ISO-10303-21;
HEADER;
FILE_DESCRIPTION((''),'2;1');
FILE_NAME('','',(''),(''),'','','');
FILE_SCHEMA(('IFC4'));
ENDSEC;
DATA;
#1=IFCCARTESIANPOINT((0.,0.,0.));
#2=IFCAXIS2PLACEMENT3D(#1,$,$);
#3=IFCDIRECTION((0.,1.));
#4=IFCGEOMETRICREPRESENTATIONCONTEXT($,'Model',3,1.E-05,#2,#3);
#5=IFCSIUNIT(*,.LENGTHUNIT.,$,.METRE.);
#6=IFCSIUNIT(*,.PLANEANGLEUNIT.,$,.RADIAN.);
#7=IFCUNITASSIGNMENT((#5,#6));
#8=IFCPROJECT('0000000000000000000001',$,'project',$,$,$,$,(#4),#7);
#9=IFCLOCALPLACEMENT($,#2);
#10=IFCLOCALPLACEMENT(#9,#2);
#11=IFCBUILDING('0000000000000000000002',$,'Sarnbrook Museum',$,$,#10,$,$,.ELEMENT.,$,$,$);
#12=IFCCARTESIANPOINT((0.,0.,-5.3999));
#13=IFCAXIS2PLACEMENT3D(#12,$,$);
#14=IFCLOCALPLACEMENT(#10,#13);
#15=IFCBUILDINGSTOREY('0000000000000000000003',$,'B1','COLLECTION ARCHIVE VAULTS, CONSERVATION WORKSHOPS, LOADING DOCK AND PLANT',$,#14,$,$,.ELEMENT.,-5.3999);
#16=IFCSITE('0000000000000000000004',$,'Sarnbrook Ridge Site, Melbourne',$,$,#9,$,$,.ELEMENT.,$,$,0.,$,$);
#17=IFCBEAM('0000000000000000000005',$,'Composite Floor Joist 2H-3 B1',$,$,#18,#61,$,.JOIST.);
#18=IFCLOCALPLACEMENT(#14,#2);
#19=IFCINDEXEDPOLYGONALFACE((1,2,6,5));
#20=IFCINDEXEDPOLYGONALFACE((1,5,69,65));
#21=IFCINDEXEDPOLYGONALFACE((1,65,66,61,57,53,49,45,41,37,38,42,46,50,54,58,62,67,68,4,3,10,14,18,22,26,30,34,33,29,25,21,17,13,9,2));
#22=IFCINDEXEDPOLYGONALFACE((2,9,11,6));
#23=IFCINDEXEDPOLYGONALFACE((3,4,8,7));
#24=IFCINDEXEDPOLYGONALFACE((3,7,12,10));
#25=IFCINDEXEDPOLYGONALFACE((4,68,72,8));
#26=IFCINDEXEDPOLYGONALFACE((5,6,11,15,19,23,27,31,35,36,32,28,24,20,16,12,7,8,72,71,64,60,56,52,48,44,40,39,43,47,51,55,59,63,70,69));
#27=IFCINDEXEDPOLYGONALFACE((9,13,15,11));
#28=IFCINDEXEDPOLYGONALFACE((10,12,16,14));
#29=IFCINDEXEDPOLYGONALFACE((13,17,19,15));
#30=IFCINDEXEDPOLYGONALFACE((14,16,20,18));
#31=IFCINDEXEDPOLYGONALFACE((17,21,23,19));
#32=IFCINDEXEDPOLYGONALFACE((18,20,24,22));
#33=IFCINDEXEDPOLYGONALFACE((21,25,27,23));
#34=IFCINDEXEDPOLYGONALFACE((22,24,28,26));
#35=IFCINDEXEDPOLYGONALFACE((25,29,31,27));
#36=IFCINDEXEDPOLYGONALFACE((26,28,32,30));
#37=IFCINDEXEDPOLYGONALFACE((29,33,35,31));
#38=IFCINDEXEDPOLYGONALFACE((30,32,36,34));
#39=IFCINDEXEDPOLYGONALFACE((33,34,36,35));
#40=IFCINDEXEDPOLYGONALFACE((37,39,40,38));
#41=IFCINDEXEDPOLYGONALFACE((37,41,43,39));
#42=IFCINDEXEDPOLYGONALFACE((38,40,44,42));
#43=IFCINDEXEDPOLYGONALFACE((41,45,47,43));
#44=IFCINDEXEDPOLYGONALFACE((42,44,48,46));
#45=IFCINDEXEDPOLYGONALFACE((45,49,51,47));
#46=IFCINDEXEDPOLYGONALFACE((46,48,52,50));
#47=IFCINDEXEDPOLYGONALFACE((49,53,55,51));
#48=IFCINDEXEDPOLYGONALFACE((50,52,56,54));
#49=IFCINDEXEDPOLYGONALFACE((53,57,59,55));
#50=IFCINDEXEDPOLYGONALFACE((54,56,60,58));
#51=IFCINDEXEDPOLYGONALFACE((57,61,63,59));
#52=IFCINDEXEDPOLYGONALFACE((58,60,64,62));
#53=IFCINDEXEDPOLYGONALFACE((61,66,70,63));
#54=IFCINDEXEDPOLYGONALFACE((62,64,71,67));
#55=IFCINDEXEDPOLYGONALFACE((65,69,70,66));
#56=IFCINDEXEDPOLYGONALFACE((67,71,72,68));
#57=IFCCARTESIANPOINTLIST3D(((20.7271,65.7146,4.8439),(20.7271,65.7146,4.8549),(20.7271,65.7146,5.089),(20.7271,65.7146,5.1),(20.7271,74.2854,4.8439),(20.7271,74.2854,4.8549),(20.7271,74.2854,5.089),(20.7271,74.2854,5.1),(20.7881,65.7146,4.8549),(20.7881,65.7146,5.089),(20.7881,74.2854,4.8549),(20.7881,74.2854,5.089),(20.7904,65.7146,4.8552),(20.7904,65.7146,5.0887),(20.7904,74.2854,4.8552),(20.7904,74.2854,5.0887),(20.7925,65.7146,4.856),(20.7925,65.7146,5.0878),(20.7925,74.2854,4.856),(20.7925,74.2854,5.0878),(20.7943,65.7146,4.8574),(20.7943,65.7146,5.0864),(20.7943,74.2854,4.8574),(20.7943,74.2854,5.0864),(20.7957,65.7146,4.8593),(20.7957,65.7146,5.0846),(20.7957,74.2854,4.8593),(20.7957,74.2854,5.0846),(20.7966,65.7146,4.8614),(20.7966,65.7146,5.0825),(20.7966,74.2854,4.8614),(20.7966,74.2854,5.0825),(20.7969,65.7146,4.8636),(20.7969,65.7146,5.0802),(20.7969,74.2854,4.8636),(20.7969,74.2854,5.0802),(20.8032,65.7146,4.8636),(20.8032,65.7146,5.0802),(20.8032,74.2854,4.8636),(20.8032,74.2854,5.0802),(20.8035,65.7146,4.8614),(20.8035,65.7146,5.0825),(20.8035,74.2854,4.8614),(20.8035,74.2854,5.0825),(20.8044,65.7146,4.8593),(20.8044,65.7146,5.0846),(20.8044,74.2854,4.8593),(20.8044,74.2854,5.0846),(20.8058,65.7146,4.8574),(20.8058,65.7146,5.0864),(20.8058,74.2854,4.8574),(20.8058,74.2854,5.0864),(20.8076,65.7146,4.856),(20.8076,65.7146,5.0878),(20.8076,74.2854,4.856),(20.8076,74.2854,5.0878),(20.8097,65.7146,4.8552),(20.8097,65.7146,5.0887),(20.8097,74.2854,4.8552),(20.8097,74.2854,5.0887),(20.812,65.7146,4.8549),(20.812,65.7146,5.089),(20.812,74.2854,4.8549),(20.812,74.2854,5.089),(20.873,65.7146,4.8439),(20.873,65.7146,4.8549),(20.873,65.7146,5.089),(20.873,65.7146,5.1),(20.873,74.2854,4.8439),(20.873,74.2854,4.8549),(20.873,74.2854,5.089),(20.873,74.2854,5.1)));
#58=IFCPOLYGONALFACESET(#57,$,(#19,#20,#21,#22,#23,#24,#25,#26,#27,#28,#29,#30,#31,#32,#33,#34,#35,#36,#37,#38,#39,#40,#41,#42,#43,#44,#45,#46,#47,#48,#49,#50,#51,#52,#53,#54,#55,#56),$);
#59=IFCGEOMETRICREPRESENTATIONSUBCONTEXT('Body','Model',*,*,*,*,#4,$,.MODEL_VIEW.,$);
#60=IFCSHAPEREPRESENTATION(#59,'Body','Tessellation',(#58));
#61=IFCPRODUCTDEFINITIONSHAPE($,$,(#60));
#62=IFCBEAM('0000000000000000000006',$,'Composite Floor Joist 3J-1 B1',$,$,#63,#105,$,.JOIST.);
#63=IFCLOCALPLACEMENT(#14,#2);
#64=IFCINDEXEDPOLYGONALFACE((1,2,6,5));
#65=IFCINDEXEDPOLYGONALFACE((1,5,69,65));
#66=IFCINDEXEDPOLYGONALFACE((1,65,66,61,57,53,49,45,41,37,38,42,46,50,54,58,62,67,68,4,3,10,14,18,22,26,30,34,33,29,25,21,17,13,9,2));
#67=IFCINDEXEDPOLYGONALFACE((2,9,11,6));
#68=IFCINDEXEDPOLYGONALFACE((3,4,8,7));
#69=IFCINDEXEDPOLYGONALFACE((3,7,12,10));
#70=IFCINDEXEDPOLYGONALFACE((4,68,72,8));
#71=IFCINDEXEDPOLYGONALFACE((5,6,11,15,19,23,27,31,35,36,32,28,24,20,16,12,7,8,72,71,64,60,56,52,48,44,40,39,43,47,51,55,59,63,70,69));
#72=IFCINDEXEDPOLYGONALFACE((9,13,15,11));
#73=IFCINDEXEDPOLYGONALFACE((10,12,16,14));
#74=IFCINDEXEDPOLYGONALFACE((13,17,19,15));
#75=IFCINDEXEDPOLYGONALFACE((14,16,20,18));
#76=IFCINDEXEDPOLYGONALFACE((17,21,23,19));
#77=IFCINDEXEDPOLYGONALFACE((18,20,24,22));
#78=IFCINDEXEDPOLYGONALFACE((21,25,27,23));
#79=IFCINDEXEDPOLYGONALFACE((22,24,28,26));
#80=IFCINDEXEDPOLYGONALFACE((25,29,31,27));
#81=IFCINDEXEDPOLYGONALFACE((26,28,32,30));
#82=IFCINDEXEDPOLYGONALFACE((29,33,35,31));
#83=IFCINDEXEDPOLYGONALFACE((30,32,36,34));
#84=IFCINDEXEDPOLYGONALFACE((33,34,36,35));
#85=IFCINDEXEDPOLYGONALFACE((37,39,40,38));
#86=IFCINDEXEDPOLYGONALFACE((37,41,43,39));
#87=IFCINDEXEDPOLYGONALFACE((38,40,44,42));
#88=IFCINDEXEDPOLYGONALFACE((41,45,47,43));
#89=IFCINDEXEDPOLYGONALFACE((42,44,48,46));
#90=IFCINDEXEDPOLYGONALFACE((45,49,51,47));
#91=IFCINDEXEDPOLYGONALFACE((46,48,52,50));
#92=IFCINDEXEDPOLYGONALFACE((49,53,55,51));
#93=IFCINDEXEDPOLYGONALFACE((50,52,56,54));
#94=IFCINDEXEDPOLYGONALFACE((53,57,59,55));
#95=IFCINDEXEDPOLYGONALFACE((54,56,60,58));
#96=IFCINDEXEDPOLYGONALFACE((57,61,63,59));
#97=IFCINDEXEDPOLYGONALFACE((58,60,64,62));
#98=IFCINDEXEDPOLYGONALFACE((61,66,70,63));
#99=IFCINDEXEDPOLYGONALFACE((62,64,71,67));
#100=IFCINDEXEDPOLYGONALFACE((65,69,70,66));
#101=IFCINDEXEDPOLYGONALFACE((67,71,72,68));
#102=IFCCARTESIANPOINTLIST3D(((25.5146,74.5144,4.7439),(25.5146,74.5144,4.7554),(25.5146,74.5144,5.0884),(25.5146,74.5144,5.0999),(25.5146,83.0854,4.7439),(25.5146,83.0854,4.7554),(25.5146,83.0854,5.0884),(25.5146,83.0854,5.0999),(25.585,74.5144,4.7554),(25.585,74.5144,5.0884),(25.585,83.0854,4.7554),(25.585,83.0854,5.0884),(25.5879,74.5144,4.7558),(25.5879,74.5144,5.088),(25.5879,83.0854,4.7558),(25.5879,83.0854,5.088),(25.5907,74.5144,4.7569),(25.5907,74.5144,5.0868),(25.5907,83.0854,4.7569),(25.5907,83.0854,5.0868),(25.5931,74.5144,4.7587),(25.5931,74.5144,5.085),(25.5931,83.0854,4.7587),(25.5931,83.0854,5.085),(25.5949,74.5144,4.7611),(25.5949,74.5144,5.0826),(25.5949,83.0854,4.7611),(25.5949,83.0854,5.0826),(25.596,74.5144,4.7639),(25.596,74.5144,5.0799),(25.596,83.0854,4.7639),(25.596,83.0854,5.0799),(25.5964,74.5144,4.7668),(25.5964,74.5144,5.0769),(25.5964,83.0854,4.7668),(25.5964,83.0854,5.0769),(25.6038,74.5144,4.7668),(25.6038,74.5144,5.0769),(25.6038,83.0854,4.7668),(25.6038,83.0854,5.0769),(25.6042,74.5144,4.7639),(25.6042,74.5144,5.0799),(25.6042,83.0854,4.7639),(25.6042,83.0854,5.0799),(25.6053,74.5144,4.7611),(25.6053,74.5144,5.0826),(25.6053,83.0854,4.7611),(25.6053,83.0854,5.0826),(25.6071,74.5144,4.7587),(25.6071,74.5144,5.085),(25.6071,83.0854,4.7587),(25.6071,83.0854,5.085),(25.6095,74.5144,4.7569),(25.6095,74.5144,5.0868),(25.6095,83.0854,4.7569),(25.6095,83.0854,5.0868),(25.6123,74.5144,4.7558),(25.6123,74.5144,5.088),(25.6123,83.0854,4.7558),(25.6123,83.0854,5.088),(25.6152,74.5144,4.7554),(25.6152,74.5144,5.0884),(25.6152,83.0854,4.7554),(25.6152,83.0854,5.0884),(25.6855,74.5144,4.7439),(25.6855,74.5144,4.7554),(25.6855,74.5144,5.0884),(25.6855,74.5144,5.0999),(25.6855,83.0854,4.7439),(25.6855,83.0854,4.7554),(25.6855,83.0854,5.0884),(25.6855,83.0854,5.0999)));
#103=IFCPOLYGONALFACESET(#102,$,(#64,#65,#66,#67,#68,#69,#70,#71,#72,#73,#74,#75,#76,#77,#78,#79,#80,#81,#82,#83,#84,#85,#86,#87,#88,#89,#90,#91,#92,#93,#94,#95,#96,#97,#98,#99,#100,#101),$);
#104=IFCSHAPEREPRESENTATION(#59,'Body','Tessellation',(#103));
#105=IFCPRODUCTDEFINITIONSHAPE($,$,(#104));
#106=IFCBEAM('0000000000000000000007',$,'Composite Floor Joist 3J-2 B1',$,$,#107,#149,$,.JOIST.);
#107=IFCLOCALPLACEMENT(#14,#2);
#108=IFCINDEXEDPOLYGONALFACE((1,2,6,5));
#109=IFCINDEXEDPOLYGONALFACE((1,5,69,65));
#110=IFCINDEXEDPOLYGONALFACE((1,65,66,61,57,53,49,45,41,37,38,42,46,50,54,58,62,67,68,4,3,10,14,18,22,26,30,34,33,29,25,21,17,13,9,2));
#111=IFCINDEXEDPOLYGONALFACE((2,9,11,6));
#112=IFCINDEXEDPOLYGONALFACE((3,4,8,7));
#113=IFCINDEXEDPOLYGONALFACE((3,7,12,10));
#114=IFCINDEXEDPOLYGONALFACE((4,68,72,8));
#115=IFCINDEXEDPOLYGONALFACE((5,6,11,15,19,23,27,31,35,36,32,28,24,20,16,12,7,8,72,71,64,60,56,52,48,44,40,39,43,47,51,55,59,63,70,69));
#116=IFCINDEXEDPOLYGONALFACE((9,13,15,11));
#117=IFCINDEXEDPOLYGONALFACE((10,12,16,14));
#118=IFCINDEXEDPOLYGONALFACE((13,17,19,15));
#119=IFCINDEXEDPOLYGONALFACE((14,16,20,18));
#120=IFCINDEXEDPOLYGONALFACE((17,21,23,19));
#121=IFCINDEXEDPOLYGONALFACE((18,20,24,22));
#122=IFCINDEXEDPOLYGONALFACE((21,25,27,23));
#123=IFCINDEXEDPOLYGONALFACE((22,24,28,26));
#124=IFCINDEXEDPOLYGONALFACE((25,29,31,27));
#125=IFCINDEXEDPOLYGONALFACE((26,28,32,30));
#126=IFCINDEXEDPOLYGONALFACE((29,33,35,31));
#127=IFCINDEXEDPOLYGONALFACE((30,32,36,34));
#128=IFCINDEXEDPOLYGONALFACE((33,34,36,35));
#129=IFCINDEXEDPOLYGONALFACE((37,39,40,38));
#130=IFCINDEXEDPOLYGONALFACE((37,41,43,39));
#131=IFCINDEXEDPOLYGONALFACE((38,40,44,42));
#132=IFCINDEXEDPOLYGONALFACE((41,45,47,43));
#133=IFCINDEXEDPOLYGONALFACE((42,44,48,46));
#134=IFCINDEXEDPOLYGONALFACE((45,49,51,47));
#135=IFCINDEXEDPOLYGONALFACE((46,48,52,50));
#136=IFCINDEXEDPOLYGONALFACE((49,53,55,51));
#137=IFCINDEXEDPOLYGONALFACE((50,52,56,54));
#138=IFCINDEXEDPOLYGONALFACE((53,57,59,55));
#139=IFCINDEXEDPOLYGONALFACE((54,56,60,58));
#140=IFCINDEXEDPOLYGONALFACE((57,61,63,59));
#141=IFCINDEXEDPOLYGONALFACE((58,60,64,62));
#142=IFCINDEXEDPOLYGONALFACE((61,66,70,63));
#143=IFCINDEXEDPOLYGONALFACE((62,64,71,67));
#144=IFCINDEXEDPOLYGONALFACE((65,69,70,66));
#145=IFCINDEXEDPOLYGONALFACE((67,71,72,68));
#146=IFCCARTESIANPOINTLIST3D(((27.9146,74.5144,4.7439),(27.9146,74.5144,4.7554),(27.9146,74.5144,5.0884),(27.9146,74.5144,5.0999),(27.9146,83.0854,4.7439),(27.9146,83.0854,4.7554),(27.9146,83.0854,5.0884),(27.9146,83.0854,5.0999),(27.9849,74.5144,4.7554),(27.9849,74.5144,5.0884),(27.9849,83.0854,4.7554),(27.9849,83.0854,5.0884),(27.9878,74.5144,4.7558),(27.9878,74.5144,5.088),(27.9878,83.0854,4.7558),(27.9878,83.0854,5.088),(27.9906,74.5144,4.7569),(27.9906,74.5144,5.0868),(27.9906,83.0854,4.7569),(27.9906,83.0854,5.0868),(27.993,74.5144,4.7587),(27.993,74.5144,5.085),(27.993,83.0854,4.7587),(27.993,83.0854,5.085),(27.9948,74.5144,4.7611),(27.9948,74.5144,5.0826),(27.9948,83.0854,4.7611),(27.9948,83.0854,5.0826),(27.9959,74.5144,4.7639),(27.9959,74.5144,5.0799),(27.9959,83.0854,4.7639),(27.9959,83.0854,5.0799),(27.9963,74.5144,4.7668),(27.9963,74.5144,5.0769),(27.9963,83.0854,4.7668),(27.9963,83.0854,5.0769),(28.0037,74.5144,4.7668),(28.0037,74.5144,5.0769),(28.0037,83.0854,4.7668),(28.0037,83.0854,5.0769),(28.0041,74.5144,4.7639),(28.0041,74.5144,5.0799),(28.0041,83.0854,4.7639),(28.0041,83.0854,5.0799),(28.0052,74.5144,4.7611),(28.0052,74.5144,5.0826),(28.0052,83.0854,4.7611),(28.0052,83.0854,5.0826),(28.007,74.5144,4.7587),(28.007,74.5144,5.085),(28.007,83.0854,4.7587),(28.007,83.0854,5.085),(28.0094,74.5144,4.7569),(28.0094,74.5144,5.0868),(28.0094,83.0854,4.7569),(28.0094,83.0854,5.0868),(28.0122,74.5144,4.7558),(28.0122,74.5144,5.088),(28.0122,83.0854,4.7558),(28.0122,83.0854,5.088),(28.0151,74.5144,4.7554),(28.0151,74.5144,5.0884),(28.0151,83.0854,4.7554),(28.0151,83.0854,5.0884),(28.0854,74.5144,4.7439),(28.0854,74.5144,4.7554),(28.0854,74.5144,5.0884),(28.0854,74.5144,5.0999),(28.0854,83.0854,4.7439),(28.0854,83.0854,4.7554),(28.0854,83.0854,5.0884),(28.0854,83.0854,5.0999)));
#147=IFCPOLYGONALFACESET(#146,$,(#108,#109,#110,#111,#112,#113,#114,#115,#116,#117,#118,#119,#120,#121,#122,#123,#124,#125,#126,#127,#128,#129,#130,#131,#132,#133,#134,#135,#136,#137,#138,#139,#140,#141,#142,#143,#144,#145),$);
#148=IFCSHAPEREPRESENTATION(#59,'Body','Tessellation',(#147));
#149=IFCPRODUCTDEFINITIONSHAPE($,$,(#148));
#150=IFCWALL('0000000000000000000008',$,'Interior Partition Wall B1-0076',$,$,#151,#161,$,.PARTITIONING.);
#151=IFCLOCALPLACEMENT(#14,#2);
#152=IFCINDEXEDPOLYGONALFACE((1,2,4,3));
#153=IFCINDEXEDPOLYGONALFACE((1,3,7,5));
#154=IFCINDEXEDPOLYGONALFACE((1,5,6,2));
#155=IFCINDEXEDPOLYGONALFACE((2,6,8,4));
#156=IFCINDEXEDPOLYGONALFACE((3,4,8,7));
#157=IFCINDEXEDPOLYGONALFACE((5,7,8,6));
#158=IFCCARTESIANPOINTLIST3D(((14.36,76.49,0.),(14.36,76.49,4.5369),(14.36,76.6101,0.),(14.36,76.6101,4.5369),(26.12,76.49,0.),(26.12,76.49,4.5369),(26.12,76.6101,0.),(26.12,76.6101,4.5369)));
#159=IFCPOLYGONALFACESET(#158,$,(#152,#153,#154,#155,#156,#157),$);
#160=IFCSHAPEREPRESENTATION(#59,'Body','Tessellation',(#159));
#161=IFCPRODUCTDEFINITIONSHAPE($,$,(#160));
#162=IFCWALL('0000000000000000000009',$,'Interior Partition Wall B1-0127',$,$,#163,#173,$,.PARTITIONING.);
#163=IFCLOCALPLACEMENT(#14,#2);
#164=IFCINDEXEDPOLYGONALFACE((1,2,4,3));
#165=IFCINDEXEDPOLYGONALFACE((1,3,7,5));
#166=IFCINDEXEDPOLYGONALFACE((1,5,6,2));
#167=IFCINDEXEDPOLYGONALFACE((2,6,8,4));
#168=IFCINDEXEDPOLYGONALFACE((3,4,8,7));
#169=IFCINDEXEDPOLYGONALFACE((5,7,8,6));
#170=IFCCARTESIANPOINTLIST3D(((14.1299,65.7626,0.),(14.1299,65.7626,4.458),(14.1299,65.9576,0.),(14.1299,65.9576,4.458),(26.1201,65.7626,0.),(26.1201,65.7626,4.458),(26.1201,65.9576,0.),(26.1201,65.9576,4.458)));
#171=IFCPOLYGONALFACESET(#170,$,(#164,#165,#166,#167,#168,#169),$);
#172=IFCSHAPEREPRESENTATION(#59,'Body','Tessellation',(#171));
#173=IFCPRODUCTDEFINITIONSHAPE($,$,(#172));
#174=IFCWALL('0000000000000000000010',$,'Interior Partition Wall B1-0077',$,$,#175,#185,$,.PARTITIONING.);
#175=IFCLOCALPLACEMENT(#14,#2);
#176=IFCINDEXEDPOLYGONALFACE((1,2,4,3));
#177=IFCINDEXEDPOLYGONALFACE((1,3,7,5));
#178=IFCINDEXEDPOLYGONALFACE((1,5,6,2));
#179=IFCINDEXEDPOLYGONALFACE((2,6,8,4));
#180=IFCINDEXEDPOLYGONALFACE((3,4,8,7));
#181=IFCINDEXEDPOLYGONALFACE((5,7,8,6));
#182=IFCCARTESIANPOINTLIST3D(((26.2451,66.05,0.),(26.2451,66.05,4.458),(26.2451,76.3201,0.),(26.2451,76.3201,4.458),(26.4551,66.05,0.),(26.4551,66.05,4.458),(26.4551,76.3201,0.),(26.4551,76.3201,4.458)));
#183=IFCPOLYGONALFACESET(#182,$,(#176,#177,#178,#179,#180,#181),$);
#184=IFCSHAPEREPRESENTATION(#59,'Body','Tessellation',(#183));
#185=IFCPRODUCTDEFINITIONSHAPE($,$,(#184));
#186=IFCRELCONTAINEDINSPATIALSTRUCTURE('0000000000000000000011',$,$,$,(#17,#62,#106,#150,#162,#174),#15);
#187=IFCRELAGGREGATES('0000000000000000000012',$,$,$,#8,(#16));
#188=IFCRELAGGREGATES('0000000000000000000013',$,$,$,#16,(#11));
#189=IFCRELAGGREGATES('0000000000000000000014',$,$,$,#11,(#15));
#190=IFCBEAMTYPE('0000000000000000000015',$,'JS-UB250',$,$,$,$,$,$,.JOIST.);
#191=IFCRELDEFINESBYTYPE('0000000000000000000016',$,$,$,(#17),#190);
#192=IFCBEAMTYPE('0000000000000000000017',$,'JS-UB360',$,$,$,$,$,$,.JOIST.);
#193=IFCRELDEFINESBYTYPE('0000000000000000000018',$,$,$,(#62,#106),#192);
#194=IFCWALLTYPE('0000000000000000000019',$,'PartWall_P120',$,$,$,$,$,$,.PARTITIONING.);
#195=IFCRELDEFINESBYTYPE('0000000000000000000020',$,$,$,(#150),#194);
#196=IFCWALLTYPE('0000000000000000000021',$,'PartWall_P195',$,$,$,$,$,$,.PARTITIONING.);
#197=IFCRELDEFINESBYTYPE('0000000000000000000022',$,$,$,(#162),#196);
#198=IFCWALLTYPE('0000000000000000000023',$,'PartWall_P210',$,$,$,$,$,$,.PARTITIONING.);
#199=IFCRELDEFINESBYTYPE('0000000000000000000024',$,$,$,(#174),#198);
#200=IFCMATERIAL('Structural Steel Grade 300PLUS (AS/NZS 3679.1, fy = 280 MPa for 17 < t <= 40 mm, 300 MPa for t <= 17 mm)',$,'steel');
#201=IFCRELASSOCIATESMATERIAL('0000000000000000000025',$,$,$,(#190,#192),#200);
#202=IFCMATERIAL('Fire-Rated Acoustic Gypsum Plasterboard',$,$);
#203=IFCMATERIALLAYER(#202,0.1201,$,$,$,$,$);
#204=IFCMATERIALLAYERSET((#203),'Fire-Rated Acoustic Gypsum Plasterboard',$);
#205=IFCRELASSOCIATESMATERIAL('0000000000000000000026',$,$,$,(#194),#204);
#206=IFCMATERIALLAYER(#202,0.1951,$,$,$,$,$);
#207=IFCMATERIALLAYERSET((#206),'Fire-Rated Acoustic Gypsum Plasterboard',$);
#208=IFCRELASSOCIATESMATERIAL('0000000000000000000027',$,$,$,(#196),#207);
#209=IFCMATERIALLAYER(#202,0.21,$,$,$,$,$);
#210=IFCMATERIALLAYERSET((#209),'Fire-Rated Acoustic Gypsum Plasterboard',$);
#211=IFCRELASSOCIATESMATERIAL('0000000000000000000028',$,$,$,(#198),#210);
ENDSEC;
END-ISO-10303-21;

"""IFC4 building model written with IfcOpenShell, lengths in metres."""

from ifc_helpers import new_model, si_unit, direction, frame, frame_2d, origin, origin_2d, place, context, subcontext, project, spatial, rectangle, i_section, extrude, material, layer, layer_set, material_profile, profile_set, type_object, element, save


model = new_model("IFC4")

# Units and contexts
model_context = context("Model", 3, precision=1e-05, world=origin(), true_north=direction((0.0, 1.0)))
body_context = subcontext(model_context, "Body", "Model", "MODEL_VIEW")
ifc_project = project(units=[si_unit("LENGTHUNIT", "METRE"), si_unit("PLANEANGLEUNIT", "RADIAN")], contexts=[model_context])

# Site, building, storey
site_placement = place(None, origin())
site = spatial("IfcSite", under=ifc_project, at=site_placement, Name="Sarnbrook Ridge Site, Melbourne", CompositionType="ELEMENT", RefElevation=0.0)
building_placement = place(site_placement, origin())
building = spatial("IfcBuilding", under=site, at=building_placement, Name="Sarnbrook Museum", CompositionType="ELEMENT")
storey_placement = place(building_placement, frame((0.0, 0.0, -5.3999)))
storey = spatial("IfcBuildingStorey", under=building, at=storey_placement, Name="B1", Description="COLLECTION ARCHIVE VAULTS, CONSERVATION WORKSHOPS, LOADING DOCK AND PLANT", CompositionType="ELEMENT", Elevation=-5.3999)

# Beams
ifc_material_1 = material(Name="Structural Steel Grade 300PLUS (AS/NZS 3679.1, fy = 280 MPa for 17 < t <= 40 mm, 300 MPa for t <= 17 mm)", Category="steel")
ifc_material_profile_1 = material_profile(ifc_material_1, i_section(OverallWidth=0.146, OverallDepth=0.2561, WebThickness=0.0063, FlangeThickness=0.011, FilletRadius=0.0088, at=origin_2d()), Name="250UB37.3")
ifc_profile_set_1 = profile_set([ifc_material_profile_1], Name="Structural Steel Grade 300PLUS (AS/NZS 3679.1, fy = 280 MPa for 17 < t <= 40 mm, 300 MPa for t <= 17 mm)")
beam_type_1 = type_object("IfcBeamType", Name="JS-UB250", PredefinedType="JOIST", material=ifc_profile_set_1)
beam_1_placement = place(storey_placement, frame((20.8, 65.7146, 4.9719), z_axis=(0.0, 1.0, 0.0), x_axis=(-1.0, 0.0, 0.0)))
element("IfcBeam", 1, at=beam_1_placement, inside=storey, type_object=beam_type_1, Name="Composite Floor Joist 2H-3 B1", PredefinedType="JOIST", context=body_context, shape_type="SweptSolid", body=[
    extrude(i_section(OverallWidth=0.146, OverallDepth=0.2561, WebThickness=0.0063, FlangeThickness=0.011, FilletRadius=0.0088, at=origin_2d()), origin(), (0.0, 0.0, 1.0), 8.5708),
])
ifc_material_profile_2 = material_profile(ifc_material_1, i_section(OverallWidth=0.1709, OverallDepth=0.356, WebThickness=0.0073, FlangeThickness=0.0115, FilletRadius=0.0115, at=origin_2d()), Name="360UB50.7")
ifc_profile_set_2 = profile_set([ifc_material_profile_2], Name="Structural Steel Grade 300PLUS (AS/NZS 3679.1, fy = 280 MPa for 17 < t <= 40 mm, 300 MPa for t <= 17 mm)")
beam_type_2 = type_object("IfcBeamType", Name="JS-UB360", PredefinedType="JOIST", material=ifc_profile_set_2)
for number, where, z_axis, x_axis, name in (
    (2, (25.6001, 74.5144, 4.9219), (0.0, 1.0, 0.0), (-1.0, 0.0, 0.0), "Composite Floor Joist 3J-1 B1"),
    (3, (28.0, 74.5144, 4.9219), (0.0, 1.0, 0.0), (-1.0, 0.0, 0.0), "Composite Floor Joist 3J-2 B1"),
):
    element("IfcBeam", number, at=place(storey_placement, frame(where, z_axis=z_axis, x_axis=x_axis)), inside=storey, type_object=beam_type_2, Name=name, PredefinedType="JOIST", context=body_context, shape_type="SweptSolid", body=[
        extrude(i_section(OverallWidth=0.1709, OverallDepth=0.356, WebThickness=0.0073, FlangeThickness=0.0115, FilletRadius=0.0115, at=origin_2d()), origin(), (0.0, 0.0, 1.0), 8.571),
    ])

# Walls
ifc_material_2 = material(Name="Fire-Rated Acoustic Gypsum Plasterboard")
ifc_layer_1 = layer(ifc_material_2, 0.1201)
ifc_layer_set_1 = layer_set([ifc_layer_1], Name="Fire-Rated Acoustic Gypsum Plasterboard")
wall_type_1 = type_object("IfcWallType", Name="PartWall_P120", PredefinedType="PARTITIONING", material=ifc_layer_set_1)
wall_1_placement = place(storey_placement, frame((14.3601, 76.55, 0.0), z_axis=(0.0, 0.0, 1.0), x_axis=(1.0, 0.0, 0.0)))
element("IfcWall", 4, at=wall_1_placement, inside=storey, type_object=wall_type_1, Name="Interior Partition Wall B1-0076", PredefinedType="PARTITIONING", context=body_context, shape_type="SweptSolid", body=[
    extrude(rectangle(XDim=11.76, YDim=0.1201, at=frame_2d((5.8799, 0.0))), origin(), (0.0, 0.0, 1.0), 4.5369),
])
ifc_layer_2 = layer(ifc_material_2, 0.1951)
ifc_layer_set_2 = layer_set([ifc_layer_2], Name="Fire-Rated Acoustic Gypsum Plasterboard")
wall_type_2 = type_object("IfcWallType", Name="PartWall_P195", PredefinedType="PARTITIONING", material=ifc_layer_set_2)
wall_2_placement = place(storey_placement, frame((14.1299, 65.8601, 0.0), z_axis=(0.0, 0.0, 1.0), x_axis=(1.0, 0.0, 0.0)))
element("IfcWall", 5, at=wall_2_placement, inside=storey, type_object=wall_type_2, Name="Interior Partition Wall B1-0127", PredefinedType="PARTITIONING", context=body_context, shape_type="SweptSolid", body=[
    extrude(rectangle(XDim=11.9902, YDim=0.1951, at=frame_2d((5.9951, 0.0))), origin(), (0.0, 0.0, 1.0), 4.458),
])
ifc_layer_3 = layer(ifc_material_2, 0.21)
ifc_layer_set_3 = layer_set([ifc_layer_3], Name="Fire-Rated Acoustic Gypsum Plasterboard")
wall_type_3 = type_object("IfcWallType", Name="PartWall_P210", PredefinedType="PARTITIONING", material=ifc_layer_set_3)
wall_3_placement = place(storey_placement, frame((26.3501, 76.3201, 0.0), z_axis=(0.0, 0.0, 1.0), x_axis=(0.0, -1.0, 0.0)))
element("IfcWall", 6, at=wall_3_placement, inside=storey, type_object=wall_type_3, Name="Interior Partition Wall B1-0077", PredefinedType="PARTITIONING", context=body_context, shape_type="SweptSolid", body=[
    extrude(rectangle(XDim=10.27, YDim=0.21, at=frame_2d((5.135, 0.0))), origin(), (0.0, 0.0, 1.0), 4.458),
])

save(model, "model.ifc")
